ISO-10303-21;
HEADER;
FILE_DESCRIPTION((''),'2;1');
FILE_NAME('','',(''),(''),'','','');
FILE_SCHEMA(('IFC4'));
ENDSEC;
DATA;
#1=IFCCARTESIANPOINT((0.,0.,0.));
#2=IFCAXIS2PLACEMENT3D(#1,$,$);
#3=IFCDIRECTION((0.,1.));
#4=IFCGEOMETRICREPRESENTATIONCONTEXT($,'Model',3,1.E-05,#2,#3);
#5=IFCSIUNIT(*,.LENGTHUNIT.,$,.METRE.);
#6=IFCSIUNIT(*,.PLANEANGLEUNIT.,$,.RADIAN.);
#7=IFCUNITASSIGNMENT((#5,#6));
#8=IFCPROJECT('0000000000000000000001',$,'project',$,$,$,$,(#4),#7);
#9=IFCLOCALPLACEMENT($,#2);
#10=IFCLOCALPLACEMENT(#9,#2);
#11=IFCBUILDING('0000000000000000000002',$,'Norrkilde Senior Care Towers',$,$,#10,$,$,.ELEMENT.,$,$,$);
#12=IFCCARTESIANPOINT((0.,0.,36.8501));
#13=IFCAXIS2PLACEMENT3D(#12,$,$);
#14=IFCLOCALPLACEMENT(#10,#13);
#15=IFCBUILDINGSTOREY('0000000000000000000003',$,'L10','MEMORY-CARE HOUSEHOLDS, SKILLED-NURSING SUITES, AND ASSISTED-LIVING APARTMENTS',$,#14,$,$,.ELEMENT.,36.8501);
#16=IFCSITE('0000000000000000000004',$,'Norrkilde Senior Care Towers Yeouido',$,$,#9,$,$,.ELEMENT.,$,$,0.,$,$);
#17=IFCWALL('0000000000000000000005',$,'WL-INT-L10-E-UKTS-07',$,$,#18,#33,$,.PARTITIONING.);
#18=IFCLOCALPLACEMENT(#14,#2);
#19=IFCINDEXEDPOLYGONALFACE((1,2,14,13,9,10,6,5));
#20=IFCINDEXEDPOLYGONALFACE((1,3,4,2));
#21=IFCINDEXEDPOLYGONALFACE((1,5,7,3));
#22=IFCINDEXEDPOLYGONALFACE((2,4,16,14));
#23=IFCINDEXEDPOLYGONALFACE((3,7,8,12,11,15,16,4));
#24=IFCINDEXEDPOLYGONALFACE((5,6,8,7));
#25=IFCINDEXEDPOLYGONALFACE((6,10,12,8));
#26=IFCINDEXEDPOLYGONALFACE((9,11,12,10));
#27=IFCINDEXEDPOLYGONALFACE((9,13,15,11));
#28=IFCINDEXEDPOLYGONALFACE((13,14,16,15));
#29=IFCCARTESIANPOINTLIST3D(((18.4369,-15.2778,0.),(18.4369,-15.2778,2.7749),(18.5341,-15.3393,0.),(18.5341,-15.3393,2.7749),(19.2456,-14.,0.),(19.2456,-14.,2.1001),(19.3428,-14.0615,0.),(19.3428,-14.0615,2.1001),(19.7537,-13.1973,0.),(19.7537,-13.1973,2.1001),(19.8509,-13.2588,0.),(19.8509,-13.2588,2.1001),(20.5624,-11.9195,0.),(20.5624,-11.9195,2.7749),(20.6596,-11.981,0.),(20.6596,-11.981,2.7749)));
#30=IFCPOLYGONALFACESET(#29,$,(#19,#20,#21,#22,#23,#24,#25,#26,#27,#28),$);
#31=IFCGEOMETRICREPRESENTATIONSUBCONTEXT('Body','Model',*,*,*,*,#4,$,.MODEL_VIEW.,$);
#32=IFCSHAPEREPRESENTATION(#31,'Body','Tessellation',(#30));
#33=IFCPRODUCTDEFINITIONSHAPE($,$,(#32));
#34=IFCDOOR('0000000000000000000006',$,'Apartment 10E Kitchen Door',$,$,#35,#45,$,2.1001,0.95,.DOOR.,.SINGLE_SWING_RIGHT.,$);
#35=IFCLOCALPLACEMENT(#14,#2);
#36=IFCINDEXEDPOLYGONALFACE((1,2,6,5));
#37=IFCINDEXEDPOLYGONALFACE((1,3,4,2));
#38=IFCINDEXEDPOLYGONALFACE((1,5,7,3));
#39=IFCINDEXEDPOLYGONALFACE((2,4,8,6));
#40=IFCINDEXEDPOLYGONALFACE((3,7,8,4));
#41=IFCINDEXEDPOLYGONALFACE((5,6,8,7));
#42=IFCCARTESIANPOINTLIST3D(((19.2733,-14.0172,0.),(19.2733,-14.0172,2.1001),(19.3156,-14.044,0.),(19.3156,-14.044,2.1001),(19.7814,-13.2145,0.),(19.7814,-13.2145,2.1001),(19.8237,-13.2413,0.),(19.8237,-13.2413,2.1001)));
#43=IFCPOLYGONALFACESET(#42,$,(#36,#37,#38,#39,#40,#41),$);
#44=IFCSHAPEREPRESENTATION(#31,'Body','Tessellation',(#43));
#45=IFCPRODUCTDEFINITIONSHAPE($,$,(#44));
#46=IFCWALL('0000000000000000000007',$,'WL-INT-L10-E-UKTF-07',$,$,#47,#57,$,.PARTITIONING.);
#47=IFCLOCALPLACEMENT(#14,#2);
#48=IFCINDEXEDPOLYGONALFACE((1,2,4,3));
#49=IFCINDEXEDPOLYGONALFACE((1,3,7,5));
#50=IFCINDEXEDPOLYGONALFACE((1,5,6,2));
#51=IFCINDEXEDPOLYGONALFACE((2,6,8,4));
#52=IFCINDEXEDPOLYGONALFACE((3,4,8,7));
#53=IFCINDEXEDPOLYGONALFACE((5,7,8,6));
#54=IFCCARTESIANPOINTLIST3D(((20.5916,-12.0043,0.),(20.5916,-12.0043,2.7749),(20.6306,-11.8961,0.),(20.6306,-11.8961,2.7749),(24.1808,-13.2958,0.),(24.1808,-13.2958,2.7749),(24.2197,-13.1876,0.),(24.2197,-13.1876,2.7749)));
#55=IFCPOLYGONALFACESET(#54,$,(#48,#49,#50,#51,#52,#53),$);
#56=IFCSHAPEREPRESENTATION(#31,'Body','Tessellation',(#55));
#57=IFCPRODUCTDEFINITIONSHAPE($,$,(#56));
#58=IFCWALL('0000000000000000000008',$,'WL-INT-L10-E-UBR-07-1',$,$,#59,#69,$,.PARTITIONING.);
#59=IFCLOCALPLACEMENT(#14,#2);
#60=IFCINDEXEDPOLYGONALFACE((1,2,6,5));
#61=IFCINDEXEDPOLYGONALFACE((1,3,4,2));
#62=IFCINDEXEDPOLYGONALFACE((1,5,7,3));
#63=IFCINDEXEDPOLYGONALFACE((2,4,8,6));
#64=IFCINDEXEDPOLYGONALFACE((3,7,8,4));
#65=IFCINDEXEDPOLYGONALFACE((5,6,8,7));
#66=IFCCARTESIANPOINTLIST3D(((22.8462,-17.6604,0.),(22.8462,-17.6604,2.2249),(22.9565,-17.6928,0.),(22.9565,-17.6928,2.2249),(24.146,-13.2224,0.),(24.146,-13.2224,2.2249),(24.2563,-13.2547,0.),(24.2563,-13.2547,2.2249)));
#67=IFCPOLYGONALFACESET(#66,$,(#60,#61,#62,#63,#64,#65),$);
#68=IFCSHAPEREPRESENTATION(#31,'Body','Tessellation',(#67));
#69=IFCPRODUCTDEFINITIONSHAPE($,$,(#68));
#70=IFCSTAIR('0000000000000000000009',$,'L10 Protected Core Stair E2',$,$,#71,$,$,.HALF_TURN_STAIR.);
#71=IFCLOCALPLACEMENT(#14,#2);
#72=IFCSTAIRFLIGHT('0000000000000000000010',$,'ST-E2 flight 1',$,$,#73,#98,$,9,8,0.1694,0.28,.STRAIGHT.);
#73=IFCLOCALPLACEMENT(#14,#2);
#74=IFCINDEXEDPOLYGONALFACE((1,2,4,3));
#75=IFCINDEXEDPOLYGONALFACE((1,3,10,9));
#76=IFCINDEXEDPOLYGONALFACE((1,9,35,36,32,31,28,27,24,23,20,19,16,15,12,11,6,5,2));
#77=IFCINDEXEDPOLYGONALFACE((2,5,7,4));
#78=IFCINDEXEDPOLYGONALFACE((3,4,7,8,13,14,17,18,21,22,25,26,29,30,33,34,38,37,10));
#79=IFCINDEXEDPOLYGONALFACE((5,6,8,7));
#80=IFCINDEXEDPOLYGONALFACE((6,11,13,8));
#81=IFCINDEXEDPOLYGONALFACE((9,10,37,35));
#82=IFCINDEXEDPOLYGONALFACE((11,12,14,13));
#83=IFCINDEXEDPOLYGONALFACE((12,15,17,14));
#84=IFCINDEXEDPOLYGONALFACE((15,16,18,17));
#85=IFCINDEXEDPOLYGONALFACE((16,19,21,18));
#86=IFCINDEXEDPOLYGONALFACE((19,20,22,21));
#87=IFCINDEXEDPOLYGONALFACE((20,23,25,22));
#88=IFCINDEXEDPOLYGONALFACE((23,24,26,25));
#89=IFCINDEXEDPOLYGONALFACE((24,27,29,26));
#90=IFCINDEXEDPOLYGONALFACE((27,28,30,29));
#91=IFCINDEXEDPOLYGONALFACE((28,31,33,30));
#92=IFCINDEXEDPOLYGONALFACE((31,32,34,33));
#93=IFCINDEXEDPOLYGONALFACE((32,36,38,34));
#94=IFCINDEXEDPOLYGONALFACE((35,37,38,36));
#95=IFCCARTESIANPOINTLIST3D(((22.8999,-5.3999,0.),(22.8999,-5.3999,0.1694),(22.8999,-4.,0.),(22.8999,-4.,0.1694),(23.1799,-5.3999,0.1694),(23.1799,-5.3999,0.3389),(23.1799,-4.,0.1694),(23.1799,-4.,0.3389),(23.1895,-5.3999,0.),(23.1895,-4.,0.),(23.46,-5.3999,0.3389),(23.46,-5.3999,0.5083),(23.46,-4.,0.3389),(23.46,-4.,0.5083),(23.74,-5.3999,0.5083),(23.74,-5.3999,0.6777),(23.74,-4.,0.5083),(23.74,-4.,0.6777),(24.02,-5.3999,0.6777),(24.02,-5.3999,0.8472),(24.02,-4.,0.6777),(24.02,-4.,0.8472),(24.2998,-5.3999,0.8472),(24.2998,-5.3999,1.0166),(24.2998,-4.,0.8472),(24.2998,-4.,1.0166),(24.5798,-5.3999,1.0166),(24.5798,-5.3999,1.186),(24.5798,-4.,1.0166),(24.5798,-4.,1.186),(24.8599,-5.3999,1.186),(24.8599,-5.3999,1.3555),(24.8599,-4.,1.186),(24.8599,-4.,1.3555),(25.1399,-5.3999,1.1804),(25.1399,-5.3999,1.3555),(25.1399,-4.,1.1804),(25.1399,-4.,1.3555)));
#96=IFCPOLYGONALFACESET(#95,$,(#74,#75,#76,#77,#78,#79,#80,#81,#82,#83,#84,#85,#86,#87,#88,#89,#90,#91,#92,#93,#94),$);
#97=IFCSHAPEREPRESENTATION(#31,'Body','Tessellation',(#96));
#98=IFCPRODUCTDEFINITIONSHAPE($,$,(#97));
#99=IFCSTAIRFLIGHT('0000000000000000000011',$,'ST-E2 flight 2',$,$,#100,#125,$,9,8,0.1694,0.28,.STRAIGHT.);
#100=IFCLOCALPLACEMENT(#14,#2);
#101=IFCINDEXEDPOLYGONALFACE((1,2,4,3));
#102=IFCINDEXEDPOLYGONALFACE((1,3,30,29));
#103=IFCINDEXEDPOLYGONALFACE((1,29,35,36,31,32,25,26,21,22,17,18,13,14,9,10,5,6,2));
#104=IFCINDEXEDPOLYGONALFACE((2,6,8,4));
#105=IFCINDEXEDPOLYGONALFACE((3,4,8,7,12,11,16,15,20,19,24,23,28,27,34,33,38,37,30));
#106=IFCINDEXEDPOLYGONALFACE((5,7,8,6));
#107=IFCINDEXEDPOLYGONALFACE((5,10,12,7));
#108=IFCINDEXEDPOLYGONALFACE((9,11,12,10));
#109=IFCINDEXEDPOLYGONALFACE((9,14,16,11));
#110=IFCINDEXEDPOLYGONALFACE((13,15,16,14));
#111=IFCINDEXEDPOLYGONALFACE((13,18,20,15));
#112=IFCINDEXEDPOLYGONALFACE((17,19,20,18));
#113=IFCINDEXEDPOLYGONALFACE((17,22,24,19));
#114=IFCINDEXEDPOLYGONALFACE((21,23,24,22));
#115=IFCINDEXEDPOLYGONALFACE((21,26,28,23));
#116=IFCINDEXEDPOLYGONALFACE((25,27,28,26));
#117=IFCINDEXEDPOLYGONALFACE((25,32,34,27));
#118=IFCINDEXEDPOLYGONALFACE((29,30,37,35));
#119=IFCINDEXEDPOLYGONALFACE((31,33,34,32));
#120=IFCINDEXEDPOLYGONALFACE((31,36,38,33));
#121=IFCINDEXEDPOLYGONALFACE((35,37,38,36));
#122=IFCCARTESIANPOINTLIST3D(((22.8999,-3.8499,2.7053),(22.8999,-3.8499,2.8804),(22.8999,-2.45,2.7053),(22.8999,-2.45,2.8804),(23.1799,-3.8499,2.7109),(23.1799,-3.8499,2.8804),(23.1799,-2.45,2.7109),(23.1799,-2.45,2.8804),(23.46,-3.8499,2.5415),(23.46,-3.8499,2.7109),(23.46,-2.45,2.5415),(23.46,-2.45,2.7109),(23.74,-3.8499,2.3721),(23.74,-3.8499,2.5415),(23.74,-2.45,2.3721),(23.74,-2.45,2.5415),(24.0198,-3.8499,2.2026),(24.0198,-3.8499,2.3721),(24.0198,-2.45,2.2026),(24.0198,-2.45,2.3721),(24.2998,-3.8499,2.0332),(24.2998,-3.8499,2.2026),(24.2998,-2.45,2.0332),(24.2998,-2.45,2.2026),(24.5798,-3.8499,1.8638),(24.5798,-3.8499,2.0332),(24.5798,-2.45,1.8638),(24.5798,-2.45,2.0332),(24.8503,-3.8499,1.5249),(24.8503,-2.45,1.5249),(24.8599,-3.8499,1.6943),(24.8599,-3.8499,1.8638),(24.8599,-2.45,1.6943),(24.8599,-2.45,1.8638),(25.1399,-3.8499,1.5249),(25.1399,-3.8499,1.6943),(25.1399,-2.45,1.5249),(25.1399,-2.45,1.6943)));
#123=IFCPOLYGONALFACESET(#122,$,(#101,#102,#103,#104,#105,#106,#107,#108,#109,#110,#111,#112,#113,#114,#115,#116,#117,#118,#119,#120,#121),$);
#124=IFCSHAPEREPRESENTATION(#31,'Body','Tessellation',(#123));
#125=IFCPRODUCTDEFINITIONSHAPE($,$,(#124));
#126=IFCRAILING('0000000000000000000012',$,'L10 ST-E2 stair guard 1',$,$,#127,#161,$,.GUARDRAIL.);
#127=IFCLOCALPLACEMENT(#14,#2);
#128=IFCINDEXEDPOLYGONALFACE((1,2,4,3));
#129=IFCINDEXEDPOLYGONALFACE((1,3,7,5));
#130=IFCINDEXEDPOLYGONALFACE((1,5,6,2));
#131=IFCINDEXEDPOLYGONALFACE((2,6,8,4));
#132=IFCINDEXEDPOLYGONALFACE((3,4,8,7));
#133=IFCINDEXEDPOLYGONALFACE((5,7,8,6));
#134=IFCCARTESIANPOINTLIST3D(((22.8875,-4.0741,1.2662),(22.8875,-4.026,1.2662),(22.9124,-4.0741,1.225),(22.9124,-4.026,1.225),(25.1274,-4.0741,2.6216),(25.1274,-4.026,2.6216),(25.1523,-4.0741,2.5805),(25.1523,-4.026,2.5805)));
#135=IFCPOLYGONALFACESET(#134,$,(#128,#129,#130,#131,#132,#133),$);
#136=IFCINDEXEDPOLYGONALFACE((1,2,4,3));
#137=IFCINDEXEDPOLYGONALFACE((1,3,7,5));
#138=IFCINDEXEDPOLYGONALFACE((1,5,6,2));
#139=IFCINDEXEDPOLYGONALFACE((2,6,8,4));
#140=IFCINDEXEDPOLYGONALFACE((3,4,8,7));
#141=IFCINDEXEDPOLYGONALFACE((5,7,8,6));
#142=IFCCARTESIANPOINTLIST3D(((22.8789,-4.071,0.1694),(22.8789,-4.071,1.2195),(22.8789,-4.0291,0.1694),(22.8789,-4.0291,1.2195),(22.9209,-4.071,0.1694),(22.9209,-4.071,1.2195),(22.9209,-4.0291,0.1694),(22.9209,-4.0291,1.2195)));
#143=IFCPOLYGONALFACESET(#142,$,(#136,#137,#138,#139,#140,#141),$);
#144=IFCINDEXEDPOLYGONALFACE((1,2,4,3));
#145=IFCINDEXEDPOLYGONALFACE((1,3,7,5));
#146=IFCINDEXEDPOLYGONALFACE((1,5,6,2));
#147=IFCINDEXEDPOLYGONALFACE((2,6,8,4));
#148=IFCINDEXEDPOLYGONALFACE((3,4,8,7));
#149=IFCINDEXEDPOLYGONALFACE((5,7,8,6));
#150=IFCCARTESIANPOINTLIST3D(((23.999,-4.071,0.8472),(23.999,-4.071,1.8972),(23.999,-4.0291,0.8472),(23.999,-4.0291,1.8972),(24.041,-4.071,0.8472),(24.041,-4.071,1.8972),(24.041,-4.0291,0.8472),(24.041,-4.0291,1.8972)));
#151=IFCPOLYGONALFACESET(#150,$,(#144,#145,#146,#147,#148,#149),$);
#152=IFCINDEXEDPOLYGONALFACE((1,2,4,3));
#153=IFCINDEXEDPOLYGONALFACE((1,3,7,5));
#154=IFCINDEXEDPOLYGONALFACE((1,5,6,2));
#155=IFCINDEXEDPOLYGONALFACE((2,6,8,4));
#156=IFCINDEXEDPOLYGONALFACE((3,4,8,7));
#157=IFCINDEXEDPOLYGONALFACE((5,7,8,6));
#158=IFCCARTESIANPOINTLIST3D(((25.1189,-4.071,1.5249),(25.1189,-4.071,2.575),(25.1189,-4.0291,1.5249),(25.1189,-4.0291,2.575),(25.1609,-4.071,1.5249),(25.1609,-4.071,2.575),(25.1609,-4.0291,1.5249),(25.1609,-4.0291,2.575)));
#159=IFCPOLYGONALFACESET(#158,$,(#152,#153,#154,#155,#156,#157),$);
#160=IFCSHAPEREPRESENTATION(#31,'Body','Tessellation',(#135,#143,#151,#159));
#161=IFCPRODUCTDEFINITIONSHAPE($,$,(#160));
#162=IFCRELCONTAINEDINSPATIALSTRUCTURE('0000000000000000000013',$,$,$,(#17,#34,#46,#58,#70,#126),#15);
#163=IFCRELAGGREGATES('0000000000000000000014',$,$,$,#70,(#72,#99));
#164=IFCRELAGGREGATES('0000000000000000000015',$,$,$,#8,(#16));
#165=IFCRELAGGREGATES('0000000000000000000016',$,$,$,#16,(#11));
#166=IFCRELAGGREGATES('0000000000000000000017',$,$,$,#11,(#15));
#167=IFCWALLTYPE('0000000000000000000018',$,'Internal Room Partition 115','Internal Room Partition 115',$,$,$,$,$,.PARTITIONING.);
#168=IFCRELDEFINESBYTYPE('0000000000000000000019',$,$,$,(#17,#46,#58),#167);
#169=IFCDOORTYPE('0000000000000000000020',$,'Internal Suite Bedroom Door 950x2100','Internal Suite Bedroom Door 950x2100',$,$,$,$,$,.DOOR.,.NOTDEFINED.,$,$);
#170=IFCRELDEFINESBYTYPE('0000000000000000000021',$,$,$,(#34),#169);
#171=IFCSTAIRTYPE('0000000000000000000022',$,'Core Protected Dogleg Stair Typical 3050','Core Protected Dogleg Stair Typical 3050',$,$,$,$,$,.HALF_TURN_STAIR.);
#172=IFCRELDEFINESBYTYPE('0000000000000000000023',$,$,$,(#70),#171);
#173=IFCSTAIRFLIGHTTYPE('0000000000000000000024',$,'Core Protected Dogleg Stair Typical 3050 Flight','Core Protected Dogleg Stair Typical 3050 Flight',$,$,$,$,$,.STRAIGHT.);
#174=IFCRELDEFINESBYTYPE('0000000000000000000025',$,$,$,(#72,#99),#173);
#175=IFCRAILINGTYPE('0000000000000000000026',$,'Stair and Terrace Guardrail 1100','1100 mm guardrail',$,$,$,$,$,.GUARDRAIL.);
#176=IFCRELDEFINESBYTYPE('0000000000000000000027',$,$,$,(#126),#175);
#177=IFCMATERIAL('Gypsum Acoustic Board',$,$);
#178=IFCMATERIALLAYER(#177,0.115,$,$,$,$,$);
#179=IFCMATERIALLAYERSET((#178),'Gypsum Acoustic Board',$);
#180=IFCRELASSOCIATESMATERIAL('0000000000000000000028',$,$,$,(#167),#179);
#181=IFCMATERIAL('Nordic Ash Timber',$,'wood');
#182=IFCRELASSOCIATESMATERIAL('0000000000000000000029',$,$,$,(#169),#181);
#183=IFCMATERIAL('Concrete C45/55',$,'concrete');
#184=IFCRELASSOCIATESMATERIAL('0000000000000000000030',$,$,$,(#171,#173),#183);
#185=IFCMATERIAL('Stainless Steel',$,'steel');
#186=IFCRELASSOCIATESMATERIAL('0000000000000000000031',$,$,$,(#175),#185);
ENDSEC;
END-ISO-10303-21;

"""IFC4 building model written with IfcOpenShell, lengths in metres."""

from ifc_helpers import new_model, si_unit, direction, frame, frame_2d, origin, origin_2d, place, context, subcontext, project, spatial, polyline, rectangle, outline, extrude, source, transform, mapped, material, layer, layer_set, type_object, type_shapes, element, fill, aggregate, save


model = new_model("IFC4")

# Units and contexts
model_context = context("Model", 3, precision=1e-05, world=origin(), true_north=direction((0.0, 1.0)))
body_context = subcontext(model_context, "Body", "Model", "MODEL_VIEW")
ifc_project = project(units=[si_unit("LENGTHUNIT", "METRE"), si_unit("PLANEANGLEUNIT", "RADIAN")], contexts=[model_context])

# Site, building, storey
site_placement = place(None, origin())
site = spatial("IfcSite", under=ifc_project, at=site_placement, Name="Norrkilde Senior Care Towers Yeouido", CompositionType="ELEMENT", RefElevation=0.0)
building_placement = place(site_placement, origin())
building = spatial("IfcBuilding", under=site, at=building_placement, Name="Norrkilde Senior Care Towers", CompositionType="ELEMENT")
storey_placement = place(building_placement, frame((0.0, 0.0, 36.8501)))
storey = spatial("IfcBuildingStorey", under=building, at=storey_placement, Name="L10", Description="MEMORY-CARE HOUSEHOLDS, SKILLED-NURSING SUITES, AND ASSISTED-LIVING APARTMENTS", CompositionType="ELEMENT", Elevation=36.8501)

# Shared definitions
ifc_material_1 = material(Name="Concrete C45/55", Category="concrete")

# Shared definitions
ifc_material_2 = material(Name="Gypsum Acoustic Board")
ifc_layer_1 = layer(ifc_material_2, 0.115)
ifc_layer_set_1 = layer_set([ifc_layer_1], Name="Gypsum Acoustic Board")
wall_type_1 = type_object("IfcWallType", Name="Internal Room Partition 115", Description="Internal Room Partition 115", PredefinedType="PARTITIONING", material=ifc_layer_set_1)
ifc_material_3 = material(Name="Nordic Ash Timber", Category="wood")
door_type_1 = type_object("IfcDoorType", Name="Internal Suite Bedroom Door 950x2100", Description="Internal Suite Bedroom Door 950x2100", OperationType="NOTDEFINED", PredefinedType="DOOR", material=ifc_material_3)
shared_shape_1 = source(origin(), body_context, "Body", "SweptSolid", [
    extrude(rectangle(XDim=0.95, YDim=2.1001, at=frame_2d((0.4751, 1.05))), frame((0.0, 0.0249, 0.0), z_axis=(0.0, -1.0, 0.0), x_axis=(1.0, 0.0, 0.0)), (0.0, 0.0, 1.0), 0.05),
])
type_shapes(door_type_1, [shared_shape_1])

# Wall, opening, door
shared_shape_2 = source(origin(), body_context, "Body", "SweptSolid", [
    extrude(rectangle(XDim=3.9744, YDim=0.115, at=frame_2d((1.9873, 0.0))), origin(), (0.0, 0.0, 1.0), 2.7749),
])
wall_1_placement = place(storey_placement, frame((20.6111, -11.9502, 0.0), z_axis=(0.0, 0.0, 1.0), x_axis=(-0.534811, -0.844972, 0.0)))
wall_1 = element("IfcWall", 1, at=wall_1_placement, inside=storey, type_object=wall_type_1, Name="WL-INT-L10-E-UKTS-07", PredefinedType="PARTITIONING", context=body_context, shape_type="MappedRepresentation", body=[
    mapped(shared_shape_2, transform((0.0, 0.0, 0.0), x_axis=(1.0, 0.0, 0.0), y_axis=(0.0, 1.0, 0.0), z_axis=(0.0, 0.0, 1.0), scale=1.0)),
])
opening_1_placement = place(wall_1_placement, frame((1.5122, 0.0, 0.0)))
opening_1 = element("IfcOpeningElement", 2, at=opening_1_placement, cuts=wall_1, PredefinedType="OPENING", context=body_context, shape_type="SweptSolid", body=[
    extrude(rectangle(XDim=0.95, YDim=2.1001, at=frame_2d((0.4751, 1.05))), frame((0.0, 0.0674, 0.0), z_axis=(0.0, -1.0, 0.0), x_axis=(1.0, 0.0, 0.0)), (0.0, 0.0, 1.0), 0.135),
])
door_1_placement = place(opening_1_placement, frame((0.95, 0.0, 0.0), z_axis=(0.0, 0.0, 1.0), x_axis=(-1.0, 0.0, 0.0)))
door_1 = element("IfcDoor", 3, at=door_1_placement, inside=storey, type_object=door_type_1, Name="Apartment 10E Kitchen Door", OperationType="SINGLE_SWING_RIGHT", OverallHeight=2.1001, OverallWidth=0.95, PredefinedType="DOOR", context=body_context, shape_type="MappedRepresentation", body=[
    mapped(shared_shape_1, transform((0.0, 0.0, 0.0), x_axis=(1.0, 0.0, 0.0), y_axis=(0.0, 1.0, 0.0), z_axis=(0.0, 0.0, 1.0), scale=1.0)),
])
fill(opening_1, door_1)

# Walls
shared_shape_3 = source(origin(), body_context, "Body", "SweptSolid", [
    extrude(rectangle(XDim=3.8145, YDim=0.115, at=frame_2d((1.9072, 0.0))), origin(), (0.0, 0.0, 1.0), 2.7749),
])
wall_2_placement = place(storey_placement, frame((20.6111, -11.9502, 0.0), z_axis=(0.0, 0.0, 1.0), x_axis=(0.940936, -0.338586, 0.0)))
element("IfcWall", 4, at=wall_2_placement, inside=storey, type_object=wall_type_1, Name="WL-INT-L10-E-UKTF-07", PredefinedType="PARTITIONING", context=body_context, shape_type="MappedRepresentation", body=[
    mapped(shared_shape_3, transform((0.0, 0.0, 0.0), x_axis=(1.0, 0.0, 0.0), y_axis=(0.0, 1.0, 0.0), z_axis=(0.0, 0.0, 1.0), scale=1.0)),
])
shared_shape_4 = source(origin(), body_context, "Body", "SweptSolid", [
    extrude(rectangle(XDim=4.6245, YDim=0.115, at=frame_2d((2.3123, 0.0))), origin(), (0.0, 0.0, 1.0), 2.2249),
])
wall_3_placement = place(storey_placement, frame((24.2012, -13.2385, 0.0), z_axis=(0.0, 0.0, 1.0), x_axis=(-0.281074, -0.959686, 0.0)))
element("IfcWall", 5, at=wall_3_placement, inside=storey, type_object=wall_type_1, Name="WL-INT-L10-E-UBR-07-1", PredefinedType="PARTITIONING", context=body_context, shape_type="MappedRepresentation", body=[
    mapped(shared_shape_4, transform((0.0, 0.0, 0.0), x_axis=(1.0, 0.0, 0.0), y_axis=(0.0, 1.0, 0.0), z_axis=(0.0, 0.0, 1.0), scale=1.0)),
])

# Stair, stair flights
stair_type = type_object("IfcStairType", Name="Core Protected Dogleg Stair Typical 3050", Description="Core Protected Dogleg Stair Typical 3050", PredefinedType="HALF_TURN_STAIR", material=ifc_material_1)
stair_placement = place(storey_placement, origin())
stair = element("IfcStair", 6, at=stair_placement, inside=storey, type_object=stair_type, Name="L10 Protected Core Stair E2", PredefinedType="HALF_TURN_STAIR")
stair_flight_type = type_object("IfcStairFlightType", Name="Core Protected Dogleg Stair Typical 3050 Flight", Description="Core Protected Dogleg Stair Typical 3050 Flight", PredefinedType="STRAIGHT", material=ifc_material_1)
stair_flight_1_placement = place(storey_placement, frame((22.8999, -4.7, 0.0), z_axis=(0.0, 0.0, 1.0), x_axis=(1.0, 0.0, 0.0)))
stair_flight_1 = element("IfcStairFlight", 7, at=stair_flight_1_placement, type_object=stair_flight_type, Name="ST-E2 flight 1", NumberOfRisers=9, NumberOfTreads=8, PredefinedType="STRAIGHT", RiserHeight=0.1694, TreadLength=0.28, context=body_context, shape_type="SweptSolid", body=[
    extrude(outline(polyline([(0.0, 0.0), (0.0, 0.1694), (0.28, 0.1694), (0.28, 0.3389), (0.5601, 0.3389), (0.5601, 0.5083), (0.8401, 0.5083), (0.8401, 0.6777), (1.1201, 0.6777), (1.1201, 0.8472), (1.3999, 0.8472), (1.3999, 1.0166), (1.6799, 1.0166), (1.6799, 1.186), (1.96, 1.186), (1.96, 1.3555), (2.24, 1.3555), (2.24, 1.5249), (2.24, 1.1804), (0.2896, 0.0), (0.0, 0.0)])), frame((0.0, 0.7, 0.0), z_axis=(0.0, -1.0, 0.0), x_axis=(1.0, 0.0, 0.0)), (0.0, 0.0, 1.0), 1.3999),
])
stair_flight_2_placement = place(storey_placement, frame((25.1399, -3.1499, 1.5249), z_axis=(0.0, 0.0, 1.0), x_axis=(-1.0, 0.0, 0.0)))
stair_flight_2 = element("IfcStairFlight", 8, at=stair_flight_2_placement, type_object=stair_flight_type, Name="ST-E2 flight 2", NumberOfRisers=9, NumberOfTreads=8, PredefinedType="STRAIGHT", RiserHeight=0.1694, TreadLength=0.28, context=body_context, shape_type="SweptSolid", body=[
    extrude(outline(polyline([(0.0, 0.0), (0.0, 0.1694), (0.28, 0.1694), (0.28, 0.3389), (0.5601, 0.3389), (0.5601, 0.5083), (0.8401, 0.5083), (0.8401, 0.6777), (1.1201, 0.6777), (1.1201, 0.8472), (1.3999, 0.8472), (1.3999, 1.0166), (1.6799, 1.0166), (1.6799, 1.186), (1.96, 1.186), (1.96, 1.3555), (2.24, 1.3555), (2.24, 1.5249), (2.24, 1.1804), (0.2896, 0.0), (0.0, 0.0)])), frame((0.0, 0.7, 0.0), z_axis=(0.0, -1.0, 0.0), x_axis=(1.0, 0.0, 0.0)), (0.0, 0.0, 1.0), 1.3999),
])
aggregate(stair, [stair_flight_1, stair_flight_2])

# Railing
ifc_material_4 = material(Name="Stainless Steel", Category="steel")
railing_type_1 = type_object("IfcRailingType", Name="Stair and Terrace Guardrail 1100", Description="1100 mm guardrail", PredefinedType="GUARDRAIL", material=ifc_material_4)
railing_1_placement = place(storey_placement, frame((22.8999, -4.05, 0.1694)))
element("IfcRailing", 9, at=railing_1_placement, inside=storey, type_object=railing_type_1, Name="L10 ST-E2 stair guard 1", PredefinedType="GUARDRAIL", context=body_context, shape_type="SweptSolid", body=[
    extrude(rectangle(XDim=0.0481, YDim=0.0481, at=origin_2d()), frame((0.0, 0.0, 1.0762), z_axis=(0.855553, 0.0, 0.517715), x_axis=(0.0, 1.0, 0.0)), (0.0, 0.0, 1.0), 2.6182),
    extrude(rectangle(XDim=0.042, YDim=0.042, at=origin_2d()), origin(), (0.0, 0.0, 1.0), 1.05),
    extrude(rectangle(XDim=0.042, YDim=0.042, at=origin_2d()), frame((1.1201, 0.0, 0.6777)), (0.0, 0.0, 1.0), 1.05),
    extrude(rectangle(XDim=0.042, YDim=0.042, at=origin_2d()), frame((2.24, 0.0, 1.3555)), (0.0, 0.0, 1.0), 1.05),
])

save(model, "model.ifc")
